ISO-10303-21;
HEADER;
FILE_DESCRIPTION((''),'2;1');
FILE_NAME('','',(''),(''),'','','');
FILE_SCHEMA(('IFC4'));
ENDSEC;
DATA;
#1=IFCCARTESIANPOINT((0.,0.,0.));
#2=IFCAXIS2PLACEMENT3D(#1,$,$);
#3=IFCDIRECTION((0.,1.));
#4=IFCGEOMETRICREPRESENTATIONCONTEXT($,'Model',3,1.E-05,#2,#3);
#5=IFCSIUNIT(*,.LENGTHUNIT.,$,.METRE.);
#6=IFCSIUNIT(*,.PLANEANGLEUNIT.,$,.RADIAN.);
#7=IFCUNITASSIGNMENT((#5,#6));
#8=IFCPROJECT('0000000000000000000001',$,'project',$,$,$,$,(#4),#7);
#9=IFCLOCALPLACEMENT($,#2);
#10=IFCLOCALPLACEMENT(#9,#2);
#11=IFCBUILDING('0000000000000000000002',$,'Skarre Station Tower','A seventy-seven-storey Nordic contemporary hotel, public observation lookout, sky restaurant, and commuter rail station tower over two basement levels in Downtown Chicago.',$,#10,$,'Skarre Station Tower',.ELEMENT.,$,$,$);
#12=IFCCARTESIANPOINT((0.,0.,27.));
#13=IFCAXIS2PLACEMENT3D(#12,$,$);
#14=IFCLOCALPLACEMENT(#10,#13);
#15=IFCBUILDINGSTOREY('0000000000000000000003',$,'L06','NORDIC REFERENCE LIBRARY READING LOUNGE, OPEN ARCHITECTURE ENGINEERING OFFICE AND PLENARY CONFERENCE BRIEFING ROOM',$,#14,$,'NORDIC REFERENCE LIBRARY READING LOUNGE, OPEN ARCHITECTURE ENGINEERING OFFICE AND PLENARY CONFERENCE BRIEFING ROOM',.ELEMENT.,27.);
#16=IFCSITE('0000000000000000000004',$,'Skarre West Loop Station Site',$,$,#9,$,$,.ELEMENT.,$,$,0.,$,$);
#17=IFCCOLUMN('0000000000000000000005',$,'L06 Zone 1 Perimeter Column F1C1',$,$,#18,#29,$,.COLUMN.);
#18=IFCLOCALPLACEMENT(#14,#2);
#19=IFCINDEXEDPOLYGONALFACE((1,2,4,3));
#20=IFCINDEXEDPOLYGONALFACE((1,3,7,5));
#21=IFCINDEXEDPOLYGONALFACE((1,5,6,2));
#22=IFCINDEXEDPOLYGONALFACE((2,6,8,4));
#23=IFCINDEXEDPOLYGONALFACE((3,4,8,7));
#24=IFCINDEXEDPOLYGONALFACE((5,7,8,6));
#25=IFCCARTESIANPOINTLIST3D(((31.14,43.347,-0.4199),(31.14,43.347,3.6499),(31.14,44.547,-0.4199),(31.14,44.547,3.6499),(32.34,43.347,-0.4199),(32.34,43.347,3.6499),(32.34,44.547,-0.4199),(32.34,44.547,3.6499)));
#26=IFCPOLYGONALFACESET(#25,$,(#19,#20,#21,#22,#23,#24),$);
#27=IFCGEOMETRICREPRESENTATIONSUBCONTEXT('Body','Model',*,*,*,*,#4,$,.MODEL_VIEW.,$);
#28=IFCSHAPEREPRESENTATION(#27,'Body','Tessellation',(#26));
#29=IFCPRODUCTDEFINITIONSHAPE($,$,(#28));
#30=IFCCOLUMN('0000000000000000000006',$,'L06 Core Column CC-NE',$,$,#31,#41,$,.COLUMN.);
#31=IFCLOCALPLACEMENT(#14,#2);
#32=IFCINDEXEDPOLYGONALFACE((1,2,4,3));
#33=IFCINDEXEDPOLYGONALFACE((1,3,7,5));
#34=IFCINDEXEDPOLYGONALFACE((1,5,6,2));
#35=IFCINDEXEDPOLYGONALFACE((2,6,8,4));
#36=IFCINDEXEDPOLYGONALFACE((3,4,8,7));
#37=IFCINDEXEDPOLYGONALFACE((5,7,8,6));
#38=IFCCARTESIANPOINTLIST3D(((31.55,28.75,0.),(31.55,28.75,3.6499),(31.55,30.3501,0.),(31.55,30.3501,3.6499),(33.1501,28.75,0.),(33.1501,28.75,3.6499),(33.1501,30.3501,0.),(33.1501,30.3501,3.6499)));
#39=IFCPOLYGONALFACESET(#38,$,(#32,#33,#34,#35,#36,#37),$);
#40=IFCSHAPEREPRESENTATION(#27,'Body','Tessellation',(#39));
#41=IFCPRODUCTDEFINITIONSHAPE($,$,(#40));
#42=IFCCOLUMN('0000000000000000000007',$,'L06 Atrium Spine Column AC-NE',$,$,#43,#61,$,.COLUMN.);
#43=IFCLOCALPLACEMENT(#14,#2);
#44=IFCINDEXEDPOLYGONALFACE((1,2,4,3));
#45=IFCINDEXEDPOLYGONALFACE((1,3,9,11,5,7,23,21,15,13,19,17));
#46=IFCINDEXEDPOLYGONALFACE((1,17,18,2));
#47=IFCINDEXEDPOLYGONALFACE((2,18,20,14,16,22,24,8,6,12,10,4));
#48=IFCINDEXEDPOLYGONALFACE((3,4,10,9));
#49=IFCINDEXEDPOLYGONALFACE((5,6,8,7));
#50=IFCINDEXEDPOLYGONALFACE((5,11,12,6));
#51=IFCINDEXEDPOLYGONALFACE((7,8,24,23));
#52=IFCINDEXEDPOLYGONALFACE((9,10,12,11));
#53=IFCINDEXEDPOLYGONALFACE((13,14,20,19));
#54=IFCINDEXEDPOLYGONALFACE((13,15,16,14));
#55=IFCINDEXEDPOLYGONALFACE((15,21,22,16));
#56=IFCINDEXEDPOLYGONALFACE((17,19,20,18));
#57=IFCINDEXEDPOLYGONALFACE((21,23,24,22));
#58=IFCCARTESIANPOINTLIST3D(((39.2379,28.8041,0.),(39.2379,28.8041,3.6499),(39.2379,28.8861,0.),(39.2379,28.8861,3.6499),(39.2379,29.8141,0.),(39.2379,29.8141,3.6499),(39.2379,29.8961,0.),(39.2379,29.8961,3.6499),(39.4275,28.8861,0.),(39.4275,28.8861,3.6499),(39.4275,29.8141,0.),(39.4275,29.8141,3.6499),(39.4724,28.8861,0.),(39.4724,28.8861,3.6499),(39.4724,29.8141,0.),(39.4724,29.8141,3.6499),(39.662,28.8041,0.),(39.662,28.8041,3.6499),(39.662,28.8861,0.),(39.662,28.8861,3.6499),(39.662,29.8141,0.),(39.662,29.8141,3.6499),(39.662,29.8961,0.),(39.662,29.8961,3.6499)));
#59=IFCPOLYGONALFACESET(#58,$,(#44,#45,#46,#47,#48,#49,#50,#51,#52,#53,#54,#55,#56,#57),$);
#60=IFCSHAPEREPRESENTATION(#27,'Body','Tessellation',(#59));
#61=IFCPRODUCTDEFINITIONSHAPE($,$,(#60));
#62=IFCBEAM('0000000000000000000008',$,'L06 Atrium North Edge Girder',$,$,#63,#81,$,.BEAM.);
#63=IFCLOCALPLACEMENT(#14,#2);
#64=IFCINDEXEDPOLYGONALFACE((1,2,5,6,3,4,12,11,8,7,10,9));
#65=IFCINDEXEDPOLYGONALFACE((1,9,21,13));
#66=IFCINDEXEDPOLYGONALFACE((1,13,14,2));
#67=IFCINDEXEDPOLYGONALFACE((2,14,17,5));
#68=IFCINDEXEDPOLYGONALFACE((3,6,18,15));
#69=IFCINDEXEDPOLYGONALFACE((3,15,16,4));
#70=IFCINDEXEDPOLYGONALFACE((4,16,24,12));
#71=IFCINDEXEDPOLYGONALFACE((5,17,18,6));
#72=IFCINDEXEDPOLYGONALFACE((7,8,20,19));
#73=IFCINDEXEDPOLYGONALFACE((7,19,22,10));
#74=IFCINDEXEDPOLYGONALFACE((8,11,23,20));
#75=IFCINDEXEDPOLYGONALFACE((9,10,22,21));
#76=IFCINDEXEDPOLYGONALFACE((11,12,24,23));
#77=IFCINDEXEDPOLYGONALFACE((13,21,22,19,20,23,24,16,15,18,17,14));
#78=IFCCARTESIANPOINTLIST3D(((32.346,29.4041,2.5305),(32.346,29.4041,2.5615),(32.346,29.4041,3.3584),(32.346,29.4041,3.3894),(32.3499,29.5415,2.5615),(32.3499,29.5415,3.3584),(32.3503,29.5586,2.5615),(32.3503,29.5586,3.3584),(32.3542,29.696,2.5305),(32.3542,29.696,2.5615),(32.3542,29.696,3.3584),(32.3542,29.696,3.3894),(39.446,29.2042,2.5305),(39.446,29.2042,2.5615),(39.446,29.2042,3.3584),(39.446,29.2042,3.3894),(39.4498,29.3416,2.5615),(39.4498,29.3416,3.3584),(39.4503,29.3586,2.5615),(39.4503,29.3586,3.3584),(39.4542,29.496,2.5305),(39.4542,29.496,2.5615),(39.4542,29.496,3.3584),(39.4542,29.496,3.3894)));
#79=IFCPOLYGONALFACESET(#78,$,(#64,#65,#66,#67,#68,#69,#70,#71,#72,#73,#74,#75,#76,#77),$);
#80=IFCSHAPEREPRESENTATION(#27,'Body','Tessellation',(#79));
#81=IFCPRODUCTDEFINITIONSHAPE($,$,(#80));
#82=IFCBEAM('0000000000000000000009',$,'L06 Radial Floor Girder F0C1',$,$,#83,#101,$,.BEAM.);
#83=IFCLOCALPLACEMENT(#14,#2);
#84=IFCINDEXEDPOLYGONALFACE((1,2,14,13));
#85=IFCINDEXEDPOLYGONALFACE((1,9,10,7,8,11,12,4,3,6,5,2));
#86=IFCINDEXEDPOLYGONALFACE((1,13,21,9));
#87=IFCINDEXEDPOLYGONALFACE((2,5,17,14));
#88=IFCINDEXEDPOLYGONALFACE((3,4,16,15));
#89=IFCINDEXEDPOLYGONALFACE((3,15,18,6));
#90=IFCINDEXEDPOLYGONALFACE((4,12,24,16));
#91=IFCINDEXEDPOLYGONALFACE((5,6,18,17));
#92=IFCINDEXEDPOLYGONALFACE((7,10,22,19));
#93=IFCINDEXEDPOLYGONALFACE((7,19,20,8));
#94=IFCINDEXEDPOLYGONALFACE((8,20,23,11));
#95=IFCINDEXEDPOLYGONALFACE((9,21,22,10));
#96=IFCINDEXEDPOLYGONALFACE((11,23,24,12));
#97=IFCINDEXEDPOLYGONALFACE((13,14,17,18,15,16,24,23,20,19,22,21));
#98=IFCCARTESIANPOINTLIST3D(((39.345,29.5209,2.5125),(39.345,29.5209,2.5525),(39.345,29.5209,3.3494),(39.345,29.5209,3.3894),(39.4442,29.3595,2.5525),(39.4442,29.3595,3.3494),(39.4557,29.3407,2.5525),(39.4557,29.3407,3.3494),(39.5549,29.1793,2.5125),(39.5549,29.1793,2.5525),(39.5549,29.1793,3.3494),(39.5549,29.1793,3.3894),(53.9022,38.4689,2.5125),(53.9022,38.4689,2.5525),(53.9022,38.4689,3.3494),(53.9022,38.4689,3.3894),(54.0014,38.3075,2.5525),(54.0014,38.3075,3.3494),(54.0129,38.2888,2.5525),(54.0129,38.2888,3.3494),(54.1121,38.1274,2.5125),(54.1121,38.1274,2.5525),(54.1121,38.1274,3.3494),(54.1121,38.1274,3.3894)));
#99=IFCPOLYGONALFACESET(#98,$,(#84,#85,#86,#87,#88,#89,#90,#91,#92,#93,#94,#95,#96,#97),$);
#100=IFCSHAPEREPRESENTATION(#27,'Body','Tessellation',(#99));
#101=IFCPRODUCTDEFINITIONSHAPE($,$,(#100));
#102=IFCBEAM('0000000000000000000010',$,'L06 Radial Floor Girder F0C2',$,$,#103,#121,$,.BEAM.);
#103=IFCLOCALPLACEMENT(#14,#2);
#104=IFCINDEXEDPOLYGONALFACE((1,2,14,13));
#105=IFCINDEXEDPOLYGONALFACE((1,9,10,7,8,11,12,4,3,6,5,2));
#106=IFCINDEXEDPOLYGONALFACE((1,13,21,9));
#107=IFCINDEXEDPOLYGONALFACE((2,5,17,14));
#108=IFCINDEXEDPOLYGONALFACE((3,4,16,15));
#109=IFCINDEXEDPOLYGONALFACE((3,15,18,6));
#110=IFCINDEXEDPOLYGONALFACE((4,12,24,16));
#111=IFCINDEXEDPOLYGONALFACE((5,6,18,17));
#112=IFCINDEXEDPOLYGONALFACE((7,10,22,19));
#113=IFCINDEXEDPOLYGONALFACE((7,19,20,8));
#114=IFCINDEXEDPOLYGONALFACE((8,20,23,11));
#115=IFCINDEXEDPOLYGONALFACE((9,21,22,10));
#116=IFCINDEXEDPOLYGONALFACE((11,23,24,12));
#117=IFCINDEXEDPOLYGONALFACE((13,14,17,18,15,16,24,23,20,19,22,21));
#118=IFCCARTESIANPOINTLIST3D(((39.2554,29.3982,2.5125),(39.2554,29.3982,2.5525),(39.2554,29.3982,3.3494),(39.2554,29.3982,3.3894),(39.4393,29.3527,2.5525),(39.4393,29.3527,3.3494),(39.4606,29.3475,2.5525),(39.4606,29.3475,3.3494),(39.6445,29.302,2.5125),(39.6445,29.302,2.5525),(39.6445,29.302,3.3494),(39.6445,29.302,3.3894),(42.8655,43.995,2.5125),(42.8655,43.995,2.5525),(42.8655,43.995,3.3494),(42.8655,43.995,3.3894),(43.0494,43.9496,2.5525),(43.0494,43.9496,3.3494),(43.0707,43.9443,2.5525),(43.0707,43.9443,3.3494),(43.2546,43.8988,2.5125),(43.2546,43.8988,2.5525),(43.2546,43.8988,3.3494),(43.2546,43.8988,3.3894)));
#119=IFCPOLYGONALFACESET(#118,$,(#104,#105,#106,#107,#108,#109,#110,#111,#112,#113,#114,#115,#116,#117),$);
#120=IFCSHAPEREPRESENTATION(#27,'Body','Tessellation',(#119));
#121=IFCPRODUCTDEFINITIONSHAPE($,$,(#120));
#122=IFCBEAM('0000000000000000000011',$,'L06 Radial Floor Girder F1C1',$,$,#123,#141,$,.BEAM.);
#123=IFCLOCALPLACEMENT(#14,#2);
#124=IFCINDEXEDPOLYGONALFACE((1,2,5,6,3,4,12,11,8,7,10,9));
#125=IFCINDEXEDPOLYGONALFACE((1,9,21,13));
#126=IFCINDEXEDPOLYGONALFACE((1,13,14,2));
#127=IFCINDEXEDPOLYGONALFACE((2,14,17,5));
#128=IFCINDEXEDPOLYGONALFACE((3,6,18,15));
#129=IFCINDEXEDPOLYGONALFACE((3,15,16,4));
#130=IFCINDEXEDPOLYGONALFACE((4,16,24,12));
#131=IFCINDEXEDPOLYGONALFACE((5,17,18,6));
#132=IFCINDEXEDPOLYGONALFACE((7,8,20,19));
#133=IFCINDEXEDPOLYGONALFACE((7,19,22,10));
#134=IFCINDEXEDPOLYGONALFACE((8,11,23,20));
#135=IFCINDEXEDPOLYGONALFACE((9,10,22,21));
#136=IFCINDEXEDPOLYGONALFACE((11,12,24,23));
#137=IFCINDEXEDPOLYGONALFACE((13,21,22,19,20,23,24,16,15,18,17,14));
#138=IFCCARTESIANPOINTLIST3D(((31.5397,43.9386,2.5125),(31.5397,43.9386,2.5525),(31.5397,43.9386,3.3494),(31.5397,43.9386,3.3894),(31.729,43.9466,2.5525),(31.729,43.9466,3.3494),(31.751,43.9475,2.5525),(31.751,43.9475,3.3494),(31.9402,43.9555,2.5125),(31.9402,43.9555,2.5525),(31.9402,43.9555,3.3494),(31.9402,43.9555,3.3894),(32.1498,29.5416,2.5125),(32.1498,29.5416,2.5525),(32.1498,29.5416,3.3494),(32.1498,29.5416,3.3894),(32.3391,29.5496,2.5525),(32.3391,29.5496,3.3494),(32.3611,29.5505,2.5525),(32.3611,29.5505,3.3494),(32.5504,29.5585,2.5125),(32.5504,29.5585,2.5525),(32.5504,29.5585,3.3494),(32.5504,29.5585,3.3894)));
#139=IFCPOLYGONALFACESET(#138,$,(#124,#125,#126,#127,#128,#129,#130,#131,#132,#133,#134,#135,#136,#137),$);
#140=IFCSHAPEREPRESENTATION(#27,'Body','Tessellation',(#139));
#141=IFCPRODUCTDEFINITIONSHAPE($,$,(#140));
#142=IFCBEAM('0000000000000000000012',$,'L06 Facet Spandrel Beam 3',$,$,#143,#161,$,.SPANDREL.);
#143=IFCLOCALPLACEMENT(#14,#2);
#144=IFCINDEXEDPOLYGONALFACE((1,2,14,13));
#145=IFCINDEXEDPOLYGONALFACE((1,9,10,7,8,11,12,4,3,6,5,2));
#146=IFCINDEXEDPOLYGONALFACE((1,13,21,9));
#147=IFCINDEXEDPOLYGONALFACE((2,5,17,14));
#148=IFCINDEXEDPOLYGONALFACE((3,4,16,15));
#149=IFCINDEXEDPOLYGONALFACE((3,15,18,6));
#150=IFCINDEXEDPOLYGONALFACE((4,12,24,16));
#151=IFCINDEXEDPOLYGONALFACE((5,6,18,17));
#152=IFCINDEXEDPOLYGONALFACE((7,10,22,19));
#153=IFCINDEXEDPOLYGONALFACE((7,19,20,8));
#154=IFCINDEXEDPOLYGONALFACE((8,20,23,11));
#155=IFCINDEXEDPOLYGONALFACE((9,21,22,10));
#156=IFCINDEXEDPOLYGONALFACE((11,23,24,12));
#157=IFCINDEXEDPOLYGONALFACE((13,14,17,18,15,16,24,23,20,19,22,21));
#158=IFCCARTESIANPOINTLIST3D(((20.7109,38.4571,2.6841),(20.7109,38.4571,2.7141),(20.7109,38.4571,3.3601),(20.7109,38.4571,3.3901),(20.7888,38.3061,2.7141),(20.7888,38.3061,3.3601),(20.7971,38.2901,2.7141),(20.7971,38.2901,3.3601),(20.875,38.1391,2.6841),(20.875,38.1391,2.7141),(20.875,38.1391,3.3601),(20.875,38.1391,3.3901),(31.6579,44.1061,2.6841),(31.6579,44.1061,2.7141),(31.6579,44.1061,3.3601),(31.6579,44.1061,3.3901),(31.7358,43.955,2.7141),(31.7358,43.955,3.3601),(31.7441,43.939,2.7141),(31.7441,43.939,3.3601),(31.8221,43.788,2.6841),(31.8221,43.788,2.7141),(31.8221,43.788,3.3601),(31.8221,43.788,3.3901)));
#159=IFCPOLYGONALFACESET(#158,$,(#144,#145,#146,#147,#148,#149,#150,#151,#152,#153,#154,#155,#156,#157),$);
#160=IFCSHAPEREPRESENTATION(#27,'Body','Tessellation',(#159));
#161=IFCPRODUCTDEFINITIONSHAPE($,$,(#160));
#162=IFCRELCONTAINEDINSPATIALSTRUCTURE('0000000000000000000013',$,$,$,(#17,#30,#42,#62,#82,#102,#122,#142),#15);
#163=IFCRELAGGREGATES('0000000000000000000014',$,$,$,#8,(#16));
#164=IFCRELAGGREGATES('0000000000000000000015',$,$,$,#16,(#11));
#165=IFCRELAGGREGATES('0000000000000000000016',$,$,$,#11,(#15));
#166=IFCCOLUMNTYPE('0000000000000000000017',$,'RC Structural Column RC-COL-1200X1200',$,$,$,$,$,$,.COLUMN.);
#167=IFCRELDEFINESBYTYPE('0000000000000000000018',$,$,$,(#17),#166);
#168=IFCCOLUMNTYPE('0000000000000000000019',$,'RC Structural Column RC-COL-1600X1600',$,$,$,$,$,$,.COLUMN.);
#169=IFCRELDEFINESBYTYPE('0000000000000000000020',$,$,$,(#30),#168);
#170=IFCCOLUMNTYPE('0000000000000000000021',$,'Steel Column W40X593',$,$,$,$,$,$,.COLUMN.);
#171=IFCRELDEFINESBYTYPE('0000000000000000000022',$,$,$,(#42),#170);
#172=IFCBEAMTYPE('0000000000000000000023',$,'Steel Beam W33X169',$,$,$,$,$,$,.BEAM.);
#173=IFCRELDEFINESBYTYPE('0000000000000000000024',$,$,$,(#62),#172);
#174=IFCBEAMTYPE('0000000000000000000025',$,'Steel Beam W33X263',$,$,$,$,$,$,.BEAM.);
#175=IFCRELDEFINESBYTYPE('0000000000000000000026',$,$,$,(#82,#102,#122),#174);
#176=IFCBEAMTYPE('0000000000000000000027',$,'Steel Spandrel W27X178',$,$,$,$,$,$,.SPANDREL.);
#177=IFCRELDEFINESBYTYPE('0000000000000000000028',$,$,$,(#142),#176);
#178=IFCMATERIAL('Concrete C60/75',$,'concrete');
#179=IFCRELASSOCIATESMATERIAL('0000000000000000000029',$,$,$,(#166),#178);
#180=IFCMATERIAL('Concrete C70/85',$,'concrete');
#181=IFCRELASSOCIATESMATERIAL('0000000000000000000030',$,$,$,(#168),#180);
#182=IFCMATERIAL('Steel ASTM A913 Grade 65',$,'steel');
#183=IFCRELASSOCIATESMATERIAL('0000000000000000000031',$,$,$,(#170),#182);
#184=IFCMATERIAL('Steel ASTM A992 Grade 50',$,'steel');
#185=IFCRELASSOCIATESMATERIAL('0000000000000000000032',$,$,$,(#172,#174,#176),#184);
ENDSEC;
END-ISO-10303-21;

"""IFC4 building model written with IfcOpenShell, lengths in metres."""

from ifc_helpers import new_model, si_unit, direction, frame, origin, origin_2d, place, context, subcontext, project, spatial, rectangle, i_section, extrude, material, material_profile, profile_set, type_object, element, save


model = new_model("IFC4")

# Units and contexts
model_context = context("Model", 3, precision=1e-05, world=origin(), true_north=direction((0.0, 1.0)))
body_context = subcontext(model_context, "Body", "Model", "MODEL_VIEW")
ifc_project = project(units=[si_unit("LENGTHUNIT", "METRE"), si_unit("PLANEANGLEUNIT", "RADIAN")], contexts=[model_context])

# Site, building, storey
site_placement = place(None, origin())
site = spatial("IfcSite", under=ifc_project, at=site_placement, Name="Skarre West Loop Station Site", CompositionType="ELEMENT", RefElevation=0.0)
building_placement = place(site_placement, origin())
building = spatial("IfcBuilding", under=site, at=building_placement, Name="Skarre Station Tower", Description="A seventy-seven-storey Nordic contemporary hotel, public observation lookout, sky restaurant, and commuter rail station tower over two basement levels in Downtown Chicago.", LongName="Skarre Station Tower", CompositionType="ELEMENT")
storey_placement = place(building_placement, frame((0.0, 0.0, 27.0)))
storey = spatial("IfcBuildingStorey", under=building, at=storey_placement, Name="L06", Description="NORDIC REFERENCE LIBRARY READING LOUNGE, OPEN ARCHITECTURE ENGINEERING OFFICE AND PLENARY CONFERENCE BRIEFING ROOM", LongName="NORDIC REFERENCE LIBRARY READING LOUNGE, OPEN ARCHITECTURE ENGINEERING OFFICE AND PLENARY CONFERENCE BRIEFING ROOM", CompositionType="ELEMENT", Elevation=27.0)

# Columns
ifc_material_1 = material(Name="Concrete C60/75", Category="concrete")
ifc_material_profile_1 = material_profile(ifc_material_1, rectangle(XDim=1.2, YDim=1.2, at=origin_2d()), Name="Concrete C60/75")
ifc_profile_set_1 = profile_set([ifc_material_profile_1], Name="Concrete C60/75")
column_type_1 = type_object("IfcColumnType", Name="RC Structural Column RC-COL-1200X1200", PredefinedType="COLUMN", material=ifc_profile_set_1)
column_1_placement = place(storey_placement, frame((31.74, 43.947, -0.4199), z_axis=(0.0, 0.0, 1.0), x_axis=(1.0, 0.0, 0.0)))
element("IfcColumn", 1, at=column_1_placement, inside=storey, type_object=column_type_1, Name="L06 Zone 1 Perimeter Column F1C1", PredefinedType="COLUMN", context=body_context, shape_type="SweptSolid", body=[
    extrude(rectangle(XDim=1.2, YDim=1.2, at=origin_2d()), origin(), (0.0, 0.0, 1.0), 4.0698),
])
ifc_material_2 = material(Name="Concrete C70/85", Category="concrete")
ifc_material_profile_2 = material_profile(ifc_material_2, rectangle(XDim=1.6001, YDim=1.6001, at=origin_2d()), Name="Concrete C70/85")
ifc_profile_set_2 = profile_set([ifc_material_profile_2], Name="Concrete C70/85")
column_type_2 = type_object("IfcColumnType", Name="RC Structural Column RC-COL-1600X1600", PredefinedType="COLUMN", material=ifc_profile_set_2)
column_2_placement = place(storey_placement, frame((32.3501, 29.55, 0.0), z_axis=(0.0, 0.0, 1.0), x_axis=(1.0, 0.0, 0.0)))
element("IfcColumn", 2, at=column_2_placement, inside=storey, type_object=column_type_2, Name="L06 Core Column CC-NE", PredefinedType="COLUMN", context=body_context, shape_type="SweptSolid", body=[
    extrude(rectangle(XDim=1.6001, YDim=1.6001, at=origin_2d()), origin(), (0.0, 0.0, 1.0), 3.6499),
])
ifc_material_3 = material(Name="Steel ASTM A913 Grade 65", Category="steel")
ifc_material_profile_3 = material_profile(ifc_material_3, i_section(OverallWidth=0.4241, OverallDepth=1.092, WebThickness=0.0449, FlangeThickness=0.082, at=origin_2d()), Name="Steel ASTM A913 Grade 65")
ifc_profile_set_3 = profile_set([ifc_material_profile_3], Name="Steel ASTM A913 Grade 65")
column_type_3 = type_object("IfcColumnType", Name="Steel Column W40X593", PredefinedType="COLUMN", material=ifc_profile_set_3)
column_3_placement = place(storey_placement, frame((39.45, 29.3501, 0.0), z_axis=(0.0, 0.0, 1.0), x_axis=(1.0, 0.0, 0.0)))
element("IfcColumn", 3, at=column_3_placement, inside=storey, type_object=column_type_3, Name="L06 Atrium Spine Column AC-NE", PredefinedType="COLUMN", context=body_context, shape_type="SweptSolid", body=[
    extrude(i_section(OverallWidth=0.4241, OverallDepth=1.092, WebThickness=0.0449, FlangeThickness=0.082, at=origin_2d()), origin(), (0.0, 0.0, 1.0), 3.6499),
])

# Beams
ifc_material_4 = material(Name="Steel ASTM A992 Grade 50", Category="steel")
ifc_material_profile_4 = material_profile(ifc_material_4, i_section(OverallWidth=0.292, OverallDepth=0.8589, WebThickness=0.0171, FlangeThickness=0.031, at=origin_2d()), Name="Steel ASTM A992 Grade 50")
ifc_profile_set_4 = profile_set([ifc_material_profile_4], Name="Steel ASTM A992 Grade 50")
beam_type_1 = type_object("IfcBeamType", Name="Steel Beam W33X169", PredefinedType="BEAM", material=ifc_profile_set_4)
beam_1_placement = place(storey_placement, frame((32.3501, 29.55, 2.96), z_axis=(0.999604, -0.028152, 0.0), x_axis=(0.028152, 0.999604, 0.0)))
element("IfcBeam", 4, at=beam_1_placement, inside=storey, type_object=beam_type_1, Name="L06 Atrium North Edge Girder", PredefinedType="BEAM", context=body_context, shape_type="SweptSolid", body=[
    extrude(i_section(OverallWidth=0.292, OverallDepth=0.8589, WebThickness=0.0171, FlangeThickness=0.031, at=origin_2d()), origin(), (0.0, 0.0, 1.0), 7.1028),
])
ifc_material_profile_5 = material_profile(ifc_material_4, i_section(OverallWidth=0.4009, OverallDepth=0.877, WebThickness=0.022, FlangeThickness=0.04, at=origin_2d()), Name="Steel ASTM A992 Grade 50")
ifc_profile_set_5 = profile_set([ifc_material_profile_5], Name="Steel ASTM A992 Grade 50")
beam_type_2 = type_object("IfcBeamType", Name="Steel Beam W33X263", PredefinedType="BEAM", material=ifc_profile_set_5)
beam_2_placement = place(storey_placement, frame((39.45, 29.3501, 2.9509), z_axis=(0.851926, 0.523663, 0.0), x_axis=(-0.523663, 0.851926, 0.0)))
element("IfcBeam", 5, at=beam_2_placement, inside=storey, type_object=beam_type_2, Name="L06 Radial Floor Girder F0C1", PredefinedType="BEAM", context=body_context, shape_type="SweptSolid", body=[
    extrude(i_section(OverallWidth=0.4009, OverallDepth=0.877, WebThickness=0.022, FlangeThickness=0.04, at=origin_2d()), origin(), (0.0, 0.0, 1.0), 17.0874),
])
beam_3_placement = place(storey_placement, frame((39.45, 29.3501, 2.9509), z_axis=(0.240086, 0.970752, 0.0), x_axis=(-0.970752, 0.240086, 0.0)))
element("IfcBeam", 6, at=beam_3_placement, inside=storey, type_object=beam_type_2, Name="L06 Radial Floor Girder F0C2", PredefinedType="BEAM", context=body_context, shape_type="SweptSolid", body=[
    extrude(i_section(OverallWidth=0.4009, OverallDepth=0.877, WebThickness=0.022, FlangeThickness=0.04, at=origin_2d()), origin(), (0.0, 0.0, 1.0), 15.0366),
])
beam_4_placement = place(storey_placement, frame((32.3501, 29.55, 2.9509), z_axis=(-0.042339, 0.999103, 0.0), x_axis=(-0.999103, -0.042339, 0.0)))
element("IfcBeam", 7, at=beam_4_placement, inside=storey, type_object=beam_type_2, Name="L06 Radial Floor Girder F1C1", PredefinedType="BEAM", context=body_context, shape_type="SweptSolid", body=[
    extrude(i_section(OverallWidth=0.4009, OverallDepth=0.877, WebThickness=0.022, FlangeThickness=0.04, at=origin_2d()), origin(), (0.0, 0.0, 1.0), 14.4099),
])
ifc_material_profile_6 = material_profile(ifc_material_4, i_section(OverallWidth=0.3579, OverallDepth=0.7061, WebThickness=0.0181, FlangeThickness=0.03, at=origin_2d()), Name="Steel ASTM A992 Grade 50")
ifc_profile_set_6 = profile_set([ifc_material_profile_6], Name="Steel ASTM A992 Grade 50")
beam_type_3 = type_object("IfcBeamType", Name="Steel Spandrel W27X178", PredefinedType="SPANDREL", material=ifc_profile_set_6)
beam_5_placement = place(storey_placement, frame((31.74, 43.947, 3.0371), z_axis=(-0.888659, -0.458569, 0.0), x_axis=(0.458569, -0.888659, 0.0)))
element("IfcBeam", 8, at=beam_5_placement, inside=storey, type_object=beam_type_3, Name="L06 Facet Spandrel Beam 3", PredefinedType="SPANDREL", context=body_context, shape_type="SweptSolid", body=[
    extrude(i_section(OverallWidth=0.3579, OverallDepth=0.7061, WebThickness=0.0181, FlangeThickness=0.03, at=origin_2d()), origin(), (0.0, 0.0, 1.0), 12.3186),
])

save(model, "model.ifc")
